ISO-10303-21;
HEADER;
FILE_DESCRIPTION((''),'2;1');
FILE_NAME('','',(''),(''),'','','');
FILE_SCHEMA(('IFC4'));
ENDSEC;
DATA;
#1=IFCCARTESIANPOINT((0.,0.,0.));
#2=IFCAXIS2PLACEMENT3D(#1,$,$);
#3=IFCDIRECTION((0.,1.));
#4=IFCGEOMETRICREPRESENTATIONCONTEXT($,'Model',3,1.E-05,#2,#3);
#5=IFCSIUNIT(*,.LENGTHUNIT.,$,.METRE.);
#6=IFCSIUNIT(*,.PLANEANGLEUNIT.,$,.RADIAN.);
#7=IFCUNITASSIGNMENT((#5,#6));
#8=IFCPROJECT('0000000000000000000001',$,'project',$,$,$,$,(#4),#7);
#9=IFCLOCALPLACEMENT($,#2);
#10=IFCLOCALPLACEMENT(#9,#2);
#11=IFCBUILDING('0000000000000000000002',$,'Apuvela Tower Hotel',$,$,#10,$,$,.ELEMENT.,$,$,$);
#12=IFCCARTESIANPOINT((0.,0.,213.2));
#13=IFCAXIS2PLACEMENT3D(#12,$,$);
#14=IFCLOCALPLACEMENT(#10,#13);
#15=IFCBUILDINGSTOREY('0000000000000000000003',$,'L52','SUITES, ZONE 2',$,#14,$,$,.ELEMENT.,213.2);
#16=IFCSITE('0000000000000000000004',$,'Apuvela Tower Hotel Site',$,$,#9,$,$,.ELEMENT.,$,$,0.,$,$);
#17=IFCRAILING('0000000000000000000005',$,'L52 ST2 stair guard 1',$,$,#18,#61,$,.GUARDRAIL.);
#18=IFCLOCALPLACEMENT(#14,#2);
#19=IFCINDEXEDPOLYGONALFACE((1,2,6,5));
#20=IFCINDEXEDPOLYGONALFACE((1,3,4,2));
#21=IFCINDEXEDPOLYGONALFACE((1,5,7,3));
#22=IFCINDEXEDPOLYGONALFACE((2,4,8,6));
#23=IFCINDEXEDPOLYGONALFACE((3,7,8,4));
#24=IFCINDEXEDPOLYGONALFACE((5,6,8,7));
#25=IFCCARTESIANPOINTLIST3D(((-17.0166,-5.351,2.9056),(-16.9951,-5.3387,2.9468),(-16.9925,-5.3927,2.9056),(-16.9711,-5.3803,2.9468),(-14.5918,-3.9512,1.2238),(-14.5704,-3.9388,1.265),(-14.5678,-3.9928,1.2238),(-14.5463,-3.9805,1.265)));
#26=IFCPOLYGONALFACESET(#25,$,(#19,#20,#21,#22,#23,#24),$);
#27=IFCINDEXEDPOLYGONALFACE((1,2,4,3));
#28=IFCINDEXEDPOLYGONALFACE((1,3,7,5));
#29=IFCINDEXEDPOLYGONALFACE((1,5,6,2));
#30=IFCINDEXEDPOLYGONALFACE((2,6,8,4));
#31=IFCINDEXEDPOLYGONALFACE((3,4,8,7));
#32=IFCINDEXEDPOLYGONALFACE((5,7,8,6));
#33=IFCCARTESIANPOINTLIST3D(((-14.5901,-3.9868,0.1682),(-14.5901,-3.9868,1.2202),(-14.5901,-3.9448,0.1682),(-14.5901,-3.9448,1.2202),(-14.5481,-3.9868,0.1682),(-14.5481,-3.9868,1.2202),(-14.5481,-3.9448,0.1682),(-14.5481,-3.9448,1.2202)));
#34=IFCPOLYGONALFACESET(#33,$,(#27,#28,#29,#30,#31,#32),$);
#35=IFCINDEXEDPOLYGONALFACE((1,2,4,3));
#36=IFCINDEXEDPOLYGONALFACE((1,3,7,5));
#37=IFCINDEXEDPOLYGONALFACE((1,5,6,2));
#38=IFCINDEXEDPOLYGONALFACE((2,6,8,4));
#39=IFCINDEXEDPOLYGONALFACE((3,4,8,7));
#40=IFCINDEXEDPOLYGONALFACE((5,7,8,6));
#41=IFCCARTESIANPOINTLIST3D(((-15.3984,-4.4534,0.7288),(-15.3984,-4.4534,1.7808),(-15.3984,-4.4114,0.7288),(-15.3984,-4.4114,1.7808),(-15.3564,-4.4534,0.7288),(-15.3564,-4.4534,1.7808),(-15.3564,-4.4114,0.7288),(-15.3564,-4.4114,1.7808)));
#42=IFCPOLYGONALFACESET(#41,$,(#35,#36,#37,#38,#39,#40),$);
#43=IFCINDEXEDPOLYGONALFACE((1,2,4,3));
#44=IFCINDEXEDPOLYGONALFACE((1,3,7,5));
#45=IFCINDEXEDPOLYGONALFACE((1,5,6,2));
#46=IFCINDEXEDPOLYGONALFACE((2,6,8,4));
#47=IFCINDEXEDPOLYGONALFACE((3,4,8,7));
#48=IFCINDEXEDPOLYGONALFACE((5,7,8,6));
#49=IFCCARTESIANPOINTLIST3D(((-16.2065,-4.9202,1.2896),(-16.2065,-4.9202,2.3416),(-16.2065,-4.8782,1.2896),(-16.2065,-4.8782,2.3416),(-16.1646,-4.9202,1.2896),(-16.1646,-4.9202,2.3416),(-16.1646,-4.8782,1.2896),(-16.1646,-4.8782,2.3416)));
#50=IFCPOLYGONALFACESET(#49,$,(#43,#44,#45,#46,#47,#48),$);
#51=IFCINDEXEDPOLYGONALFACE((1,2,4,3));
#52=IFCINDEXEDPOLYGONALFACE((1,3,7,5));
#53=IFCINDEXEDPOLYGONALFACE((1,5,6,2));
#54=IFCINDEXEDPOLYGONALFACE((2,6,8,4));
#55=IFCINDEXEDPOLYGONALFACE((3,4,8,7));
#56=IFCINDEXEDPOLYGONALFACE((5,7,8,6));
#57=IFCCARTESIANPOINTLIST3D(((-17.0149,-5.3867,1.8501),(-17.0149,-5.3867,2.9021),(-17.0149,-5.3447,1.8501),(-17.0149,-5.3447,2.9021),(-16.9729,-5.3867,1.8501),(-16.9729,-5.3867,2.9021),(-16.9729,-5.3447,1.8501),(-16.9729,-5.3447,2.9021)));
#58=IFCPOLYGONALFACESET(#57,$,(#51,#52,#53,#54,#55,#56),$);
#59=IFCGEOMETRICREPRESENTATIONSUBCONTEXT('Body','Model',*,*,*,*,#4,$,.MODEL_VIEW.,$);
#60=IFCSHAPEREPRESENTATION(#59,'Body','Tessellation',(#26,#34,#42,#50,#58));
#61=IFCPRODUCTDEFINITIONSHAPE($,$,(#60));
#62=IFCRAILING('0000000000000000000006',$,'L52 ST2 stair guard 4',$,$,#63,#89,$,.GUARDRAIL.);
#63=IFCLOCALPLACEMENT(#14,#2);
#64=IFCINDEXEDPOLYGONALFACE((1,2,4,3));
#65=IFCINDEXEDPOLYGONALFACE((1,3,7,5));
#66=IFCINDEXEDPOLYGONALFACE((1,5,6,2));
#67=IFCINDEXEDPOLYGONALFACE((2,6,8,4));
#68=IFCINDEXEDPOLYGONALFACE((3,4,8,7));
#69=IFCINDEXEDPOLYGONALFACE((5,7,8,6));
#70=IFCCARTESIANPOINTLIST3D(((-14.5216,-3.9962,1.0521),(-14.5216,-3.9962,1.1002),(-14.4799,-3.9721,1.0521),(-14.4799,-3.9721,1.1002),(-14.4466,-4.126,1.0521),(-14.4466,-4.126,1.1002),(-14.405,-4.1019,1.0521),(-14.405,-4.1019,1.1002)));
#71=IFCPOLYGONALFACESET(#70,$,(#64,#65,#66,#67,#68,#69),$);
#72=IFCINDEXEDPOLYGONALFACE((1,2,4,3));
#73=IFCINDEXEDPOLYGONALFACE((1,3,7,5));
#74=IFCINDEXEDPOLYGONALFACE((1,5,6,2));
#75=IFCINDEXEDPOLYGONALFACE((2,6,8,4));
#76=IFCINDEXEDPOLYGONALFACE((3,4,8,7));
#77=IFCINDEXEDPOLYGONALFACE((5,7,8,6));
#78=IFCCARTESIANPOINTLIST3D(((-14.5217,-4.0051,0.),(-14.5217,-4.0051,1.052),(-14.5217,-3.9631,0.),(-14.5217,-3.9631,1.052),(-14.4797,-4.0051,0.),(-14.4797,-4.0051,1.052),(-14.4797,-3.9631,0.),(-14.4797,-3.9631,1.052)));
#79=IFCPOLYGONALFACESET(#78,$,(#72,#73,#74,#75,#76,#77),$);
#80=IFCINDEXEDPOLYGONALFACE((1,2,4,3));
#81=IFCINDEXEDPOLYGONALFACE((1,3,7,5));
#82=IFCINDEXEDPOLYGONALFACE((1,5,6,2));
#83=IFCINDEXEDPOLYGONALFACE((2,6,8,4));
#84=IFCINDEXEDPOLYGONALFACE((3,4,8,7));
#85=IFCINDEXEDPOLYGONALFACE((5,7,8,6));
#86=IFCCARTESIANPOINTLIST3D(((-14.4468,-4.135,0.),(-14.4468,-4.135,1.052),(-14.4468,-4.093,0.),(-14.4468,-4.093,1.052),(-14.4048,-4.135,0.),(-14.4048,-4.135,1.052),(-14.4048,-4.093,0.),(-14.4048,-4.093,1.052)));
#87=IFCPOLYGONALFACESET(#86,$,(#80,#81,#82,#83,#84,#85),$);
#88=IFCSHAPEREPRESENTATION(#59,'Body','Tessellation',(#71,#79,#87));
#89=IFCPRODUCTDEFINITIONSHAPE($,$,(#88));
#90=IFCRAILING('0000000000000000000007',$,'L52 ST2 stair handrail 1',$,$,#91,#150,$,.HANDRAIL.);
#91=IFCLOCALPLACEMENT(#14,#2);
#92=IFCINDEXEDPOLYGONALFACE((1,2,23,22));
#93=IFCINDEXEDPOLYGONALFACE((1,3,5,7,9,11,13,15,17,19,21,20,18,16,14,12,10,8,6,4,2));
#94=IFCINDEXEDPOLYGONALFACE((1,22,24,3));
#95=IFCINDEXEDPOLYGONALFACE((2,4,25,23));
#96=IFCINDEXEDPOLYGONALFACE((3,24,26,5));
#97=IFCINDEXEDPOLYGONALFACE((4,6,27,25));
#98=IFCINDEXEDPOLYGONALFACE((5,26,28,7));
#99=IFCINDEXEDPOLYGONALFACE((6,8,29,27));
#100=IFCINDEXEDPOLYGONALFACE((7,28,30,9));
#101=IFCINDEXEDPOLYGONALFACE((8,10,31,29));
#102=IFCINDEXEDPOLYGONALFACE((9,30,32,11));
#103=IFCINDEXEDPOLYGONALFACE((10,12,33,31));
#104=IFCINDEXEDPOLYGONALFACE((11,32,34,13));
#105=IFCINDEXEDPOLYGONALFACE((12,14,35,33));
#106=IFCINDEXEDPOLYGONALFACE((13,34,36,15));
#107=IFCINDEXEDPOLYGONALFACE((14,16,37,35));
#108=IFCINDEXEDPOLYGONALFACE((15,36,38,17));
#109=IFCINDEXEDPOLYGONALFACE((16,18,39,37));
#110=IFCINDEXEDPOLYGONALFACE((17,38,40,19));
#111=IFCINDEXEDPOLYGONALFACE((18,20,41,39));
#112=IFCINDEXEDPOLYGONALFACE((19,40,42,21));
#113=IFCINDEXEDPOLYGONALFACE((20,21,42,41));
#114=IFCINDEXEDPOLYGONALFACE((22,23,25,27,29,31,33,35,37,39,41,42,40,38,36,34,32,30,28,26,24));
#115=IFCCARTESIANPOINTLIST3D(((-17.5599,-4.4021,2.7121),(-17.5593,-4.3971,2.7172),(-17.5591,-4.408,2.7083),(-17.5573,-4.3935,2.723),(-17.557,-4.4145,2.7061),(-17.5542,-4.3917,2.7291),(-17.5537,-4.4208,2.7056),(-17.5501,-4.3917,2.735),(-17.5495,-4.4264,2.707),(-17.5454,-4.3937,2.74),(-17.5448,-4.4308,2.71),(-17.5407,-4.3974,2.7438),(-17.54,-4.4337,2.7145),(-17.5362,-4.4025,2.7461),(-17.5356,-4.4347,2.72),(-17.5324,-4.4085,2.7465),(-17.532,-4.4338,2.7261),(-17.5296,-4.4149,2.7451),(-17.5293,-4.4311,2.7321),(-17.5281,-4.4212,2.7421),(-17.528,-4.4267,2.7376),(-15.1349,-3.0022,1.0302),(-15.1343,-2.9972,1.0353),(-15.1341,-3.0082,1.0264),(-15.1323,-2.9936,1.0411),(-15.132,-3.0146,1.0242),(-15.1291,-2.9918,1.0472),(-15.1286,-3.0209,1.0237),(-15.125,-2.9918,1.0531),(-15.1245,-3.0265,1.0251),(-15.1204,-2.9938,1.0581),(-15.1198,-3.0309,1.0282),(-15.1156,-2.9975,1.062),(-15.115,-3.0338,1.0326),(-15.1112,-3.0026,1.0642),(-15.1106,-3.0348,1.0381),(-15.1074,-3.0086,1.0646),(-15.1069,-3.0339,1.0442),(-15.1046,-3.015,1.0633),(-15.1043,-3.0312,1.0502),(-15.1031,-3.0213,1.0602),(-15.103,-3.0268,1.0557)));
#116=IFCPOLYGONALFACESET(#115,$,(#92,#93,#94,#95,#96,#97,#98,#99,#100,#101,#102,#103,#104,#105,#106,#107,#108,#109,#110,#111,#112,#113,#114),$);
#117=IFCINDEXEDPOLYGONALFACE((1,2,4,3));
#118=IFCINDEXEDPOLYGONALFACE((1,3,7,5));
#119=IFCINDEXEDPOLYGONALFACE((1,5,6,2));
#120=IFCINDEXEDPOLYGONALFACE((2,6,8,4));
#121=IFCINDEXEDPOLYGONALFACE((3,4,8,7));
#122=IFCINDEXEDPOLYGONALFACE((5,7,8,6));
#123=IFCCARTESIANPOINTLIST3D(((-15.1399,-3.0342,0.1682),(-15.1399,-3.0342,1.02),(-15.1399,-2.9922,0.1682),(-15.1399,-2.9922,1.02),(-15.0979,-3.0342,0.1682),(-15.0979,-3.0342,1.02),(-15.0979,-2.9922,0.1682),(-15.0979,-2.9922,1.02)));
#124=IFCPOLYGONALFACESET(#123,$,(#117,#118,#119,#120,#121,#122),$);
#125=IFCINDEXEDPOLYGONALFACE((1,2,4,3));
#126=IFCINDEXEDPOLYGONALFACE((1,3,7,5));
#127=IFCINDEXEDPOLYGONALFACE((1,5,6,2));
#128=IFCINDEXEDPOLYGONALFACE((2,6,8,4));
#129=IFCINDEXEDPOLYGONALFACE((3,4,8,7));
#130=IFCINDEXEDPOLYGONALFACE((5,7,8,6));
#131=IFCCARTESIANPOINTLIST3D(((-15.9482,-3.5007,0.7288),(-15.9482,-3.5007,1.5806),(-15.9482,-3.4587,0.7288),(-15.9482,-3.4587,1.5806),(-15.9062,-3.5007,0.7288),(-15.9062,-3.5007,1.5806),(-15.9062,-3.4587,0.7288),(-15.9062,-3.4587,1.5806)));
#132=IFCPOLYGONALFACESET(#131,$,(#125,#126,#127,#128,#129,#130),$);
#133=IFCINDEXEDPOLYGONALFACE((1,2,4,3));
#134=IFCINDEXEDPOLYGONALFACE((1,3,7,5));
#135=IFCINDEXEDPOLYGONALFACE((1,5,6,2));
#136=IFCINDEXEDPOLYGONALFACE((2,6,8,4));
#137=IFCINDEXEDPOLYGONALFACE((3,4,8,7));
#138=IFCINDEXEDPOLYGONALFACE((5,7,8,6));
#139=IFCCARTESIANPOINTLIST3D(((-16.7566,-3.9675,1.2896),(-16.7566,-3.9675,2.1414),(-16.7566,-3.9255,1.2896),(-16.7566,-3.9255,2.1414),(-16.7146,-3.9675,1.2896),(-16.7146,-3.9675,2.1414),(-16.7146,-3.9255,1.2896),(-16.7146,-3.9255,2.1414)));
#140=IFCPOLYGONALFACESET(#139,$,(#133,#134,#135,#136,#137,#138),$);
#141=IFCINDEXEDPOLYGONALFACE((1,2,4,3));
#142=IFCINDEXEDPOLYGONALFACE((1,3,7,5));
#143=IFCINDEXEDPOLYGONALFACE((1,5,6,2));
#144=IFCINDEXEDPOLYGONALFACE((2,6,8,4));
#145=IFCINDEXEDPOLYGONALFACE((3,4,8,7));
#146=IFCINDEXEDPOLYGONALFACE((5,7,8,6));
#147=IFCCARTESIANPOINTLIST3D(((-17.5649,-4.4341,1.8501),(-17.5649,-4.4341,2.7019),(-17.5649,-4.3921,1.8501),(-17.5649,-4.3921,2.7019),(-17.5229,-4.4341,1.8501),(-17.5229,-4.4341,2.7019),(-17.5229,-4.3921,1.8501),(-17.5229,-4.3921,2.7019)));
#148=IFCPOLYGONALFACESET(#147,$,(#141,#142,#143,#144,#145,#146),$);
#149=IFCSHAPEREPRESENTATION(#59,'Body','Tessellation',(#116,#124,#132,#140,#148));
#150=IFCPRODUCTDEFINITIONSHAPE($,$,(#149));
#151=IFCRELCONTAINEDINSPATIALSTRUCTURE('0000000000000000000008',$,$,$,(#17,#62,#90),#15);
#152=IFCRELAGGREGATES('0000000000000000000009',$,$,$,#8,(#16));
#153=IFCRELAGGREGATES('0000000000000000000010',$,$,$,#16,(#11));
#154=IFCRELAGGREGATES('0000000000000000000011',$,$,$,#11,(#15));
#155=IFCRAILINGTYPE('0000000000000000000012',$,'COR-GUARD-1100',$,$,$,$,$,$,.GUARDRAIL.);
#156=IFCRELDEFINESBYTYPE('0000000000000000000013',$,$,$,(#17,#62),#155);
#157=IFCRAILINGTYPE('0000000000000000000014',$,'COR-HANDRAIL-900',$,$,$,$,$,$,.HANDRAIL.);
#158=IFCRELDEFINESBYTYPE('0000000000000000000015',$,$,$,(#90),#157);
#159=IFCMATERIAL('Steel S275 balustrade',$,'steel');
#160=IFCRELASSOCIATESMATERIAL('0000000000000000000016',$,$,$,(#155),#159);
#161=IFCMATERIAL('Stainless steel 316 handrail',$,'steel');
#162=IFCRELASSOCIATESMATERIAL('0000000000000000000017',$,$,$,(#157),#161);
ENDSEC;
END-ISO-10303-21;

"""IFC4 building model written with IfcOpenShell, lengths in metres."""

from ifc_helpers import new_model, si_unit, direction, frame, origin, origin_2d, place, context, subcontext, project, spatial, rectangle, circle, extrude, material, type_object, element, save


model = new_model("IFC4")

# Units and contexts
model_context = context("Model", 3, precision=1e-05, world=origin(), true_north=direction((0.0, 1.0)))
body_context = subcontext(model_context, "Body", "Model", "MODEL_VIEW")
ifc_project = project(units=[si_unit("LENGTHUNIT", "METRE"), si_unit("PLANEANGLEUNIT", "RADIAN")], contexts=[model_context])

# Site, building, storey
site_placement = place(None, origin())
site = spatial("IfcSite", under=ifc_project, at=site_placement, Name="Apuvela Tower Hotel Site", CompositionType="ELEMENT", RefElevation=0.0)
building_placement = place(site_placement, origin())
building = spatial("IfcBuilding", under=site, at=building_placement, Name="Apuvela Tower Hotel", CompositionType="ELEMENT")
storey_placement = place(building_placement, frame((0.0, 0.0, 213.2)))
storey = spatial("IfcBuildingStorey", under=building, at=storey_placement, Name="L52", Description="SUITES, ZONE 2", CompositionType="ELEMENT", Elevation=213.2)

# Railings
ifc_material_1 = material(Name="Steel S275 balustrade", Category="steel")
railing_type_1 = type_object("IfcRailingType", Name="COR-GUARD-1100", PredefinedType="GUARDRAIL", material=ifc_material_1)
railing_1_placement = place(storey_placement, frame((-14.5691, -3.9658, 0.1682)))
element("IfcRailing", 1, at=railing_1_placement, inside=storey, type_object=railing_type_1, Name="L52 ST2 stair guard 1", PredefinedType="GUARDRAIL", context=body_context, shape_type="SweptSolid", body=[
    extrude(rectangle(XDim=0.0481, YDim=0.0481, at=origin_2d()), frame((0.0, 0.0, 1.0762), z_axis=(-0.74239, -0.428601, 0.514934), x_axis=(0.499984, -0.866035, 0.0)), (0.0, 0.0, 1.0), 3.2661),
    extrude(rectangle(XDim=0.042, YDim=0.042, at=origin_2d()), origin(), (0.0, 0.0, 1.0), 1.052),
    extrude(rectangle(XDim=0.042, YDim=0.042, at=origin_2d()), frame((-0.8083, -0.4666, 0.5605)), (0.0, 0.0, 1.0), 1.052),
    extrude(rectangle(XDim=0.042, YDim=0.042, at=origin_2d()), frame((-1.6165, -0.9333, 1.1213)), (0.0, 0.0, 1.0), 1.052),
    extrude(rectangle(XDim=0.042, YDim=0.042, at=origin_2d()), frame((-2.4248, -1.3999, 1.6819)), (0.0, 0.0, 1.0), 1.052),
])
railing_2_placement = place(storey_placement, frame((-14.5007, -3.9841, 0.0)))
element("IfcRailing", 2, at=railing_2_placement, inside=storey, type_object=railing_type_1, Name="L52 ST2 stair guard 4", PredefinedType="GUARDRAIL", context=body_context, shape_type="SweptSolid", body=[
    extrude(rectangle(XDim=0.0481, YDim=0.0481, at=origin_2d()), frame((0.0, 0.0, 1.0762), z_axis=(0.499816, -0.866131, 0.0), x_axis=(0.866131, 0.499816, 0.0)), (0.0, 0.0, 1.0), 0.1499),
    extrude(rectangle(XDim=0.042, YDim=0.042, at=origin_2d()), origin(), (0.0, 0.0, 1.0), 1.052),
    extrude(rectangle(XDim=0.042, YDim=0.042, at=origin_2d()), frame((0.075, -0.1299, 0.0)), (0.0, 0.0, 1.0), 1.052),
])
ifc_material_2 = material(Name="Stainless steel 316 handrail", Category="steel")
railing_type_2 = type_object("IfcRailingType", Name="COR-HANDRAIL-900", PredefinedType="HANDRAIL", material=ifc_material_2)
railing_3_placement = place(storey_placement, frame((-15.1189, -3.0132, 0.1682)))
element("IfcRailing", 3, at=railing_3_placement, inside=storey, type_object=railing_type_2, Name="L52 ST2 stair handrail 1", PredefinedType="HANDRAIL", context=body_context, shape_type="SweptSolid", body=[
    extrude(circle(Radius=0.0239, at=origin_2d()), frame((0.0, 0.0, 0.876), z_axis=(-0.742424, -0.428577, 0.514906), x_axis=(0.499946, -0.866056, 0.0)), (0.0, 0.0, 1.0), 3.2664),
    extrude(rectangle(XDim=0.042, YDim=0.042, at=origin_2d()), origin(), (0.0, 0.0, 1.0), 0.8518),
    extrude(rectangle(XDim=0.042, YDim=0.042, at=origin_2d()), frame((-0.8083, -0.4666, 0.5605)), (0.0, 0.0, 1.0), 0.8518),
    extrude(rectangle(XDim=0.042, YDim=0.042, at=origin_2d()), frame((-1.6167, -0.9333, 1.1213)), (0.0, 0.0, 1.0), 0.8518),
    extrude(rectangle(XDim=0.042, YDim=0.042, at=origin_2d()), frame((-2.425, -1.3999, 1.6819)), (0.0, 0.0, 1.0), 0.8518),
])

save(model, "model.ifc")
